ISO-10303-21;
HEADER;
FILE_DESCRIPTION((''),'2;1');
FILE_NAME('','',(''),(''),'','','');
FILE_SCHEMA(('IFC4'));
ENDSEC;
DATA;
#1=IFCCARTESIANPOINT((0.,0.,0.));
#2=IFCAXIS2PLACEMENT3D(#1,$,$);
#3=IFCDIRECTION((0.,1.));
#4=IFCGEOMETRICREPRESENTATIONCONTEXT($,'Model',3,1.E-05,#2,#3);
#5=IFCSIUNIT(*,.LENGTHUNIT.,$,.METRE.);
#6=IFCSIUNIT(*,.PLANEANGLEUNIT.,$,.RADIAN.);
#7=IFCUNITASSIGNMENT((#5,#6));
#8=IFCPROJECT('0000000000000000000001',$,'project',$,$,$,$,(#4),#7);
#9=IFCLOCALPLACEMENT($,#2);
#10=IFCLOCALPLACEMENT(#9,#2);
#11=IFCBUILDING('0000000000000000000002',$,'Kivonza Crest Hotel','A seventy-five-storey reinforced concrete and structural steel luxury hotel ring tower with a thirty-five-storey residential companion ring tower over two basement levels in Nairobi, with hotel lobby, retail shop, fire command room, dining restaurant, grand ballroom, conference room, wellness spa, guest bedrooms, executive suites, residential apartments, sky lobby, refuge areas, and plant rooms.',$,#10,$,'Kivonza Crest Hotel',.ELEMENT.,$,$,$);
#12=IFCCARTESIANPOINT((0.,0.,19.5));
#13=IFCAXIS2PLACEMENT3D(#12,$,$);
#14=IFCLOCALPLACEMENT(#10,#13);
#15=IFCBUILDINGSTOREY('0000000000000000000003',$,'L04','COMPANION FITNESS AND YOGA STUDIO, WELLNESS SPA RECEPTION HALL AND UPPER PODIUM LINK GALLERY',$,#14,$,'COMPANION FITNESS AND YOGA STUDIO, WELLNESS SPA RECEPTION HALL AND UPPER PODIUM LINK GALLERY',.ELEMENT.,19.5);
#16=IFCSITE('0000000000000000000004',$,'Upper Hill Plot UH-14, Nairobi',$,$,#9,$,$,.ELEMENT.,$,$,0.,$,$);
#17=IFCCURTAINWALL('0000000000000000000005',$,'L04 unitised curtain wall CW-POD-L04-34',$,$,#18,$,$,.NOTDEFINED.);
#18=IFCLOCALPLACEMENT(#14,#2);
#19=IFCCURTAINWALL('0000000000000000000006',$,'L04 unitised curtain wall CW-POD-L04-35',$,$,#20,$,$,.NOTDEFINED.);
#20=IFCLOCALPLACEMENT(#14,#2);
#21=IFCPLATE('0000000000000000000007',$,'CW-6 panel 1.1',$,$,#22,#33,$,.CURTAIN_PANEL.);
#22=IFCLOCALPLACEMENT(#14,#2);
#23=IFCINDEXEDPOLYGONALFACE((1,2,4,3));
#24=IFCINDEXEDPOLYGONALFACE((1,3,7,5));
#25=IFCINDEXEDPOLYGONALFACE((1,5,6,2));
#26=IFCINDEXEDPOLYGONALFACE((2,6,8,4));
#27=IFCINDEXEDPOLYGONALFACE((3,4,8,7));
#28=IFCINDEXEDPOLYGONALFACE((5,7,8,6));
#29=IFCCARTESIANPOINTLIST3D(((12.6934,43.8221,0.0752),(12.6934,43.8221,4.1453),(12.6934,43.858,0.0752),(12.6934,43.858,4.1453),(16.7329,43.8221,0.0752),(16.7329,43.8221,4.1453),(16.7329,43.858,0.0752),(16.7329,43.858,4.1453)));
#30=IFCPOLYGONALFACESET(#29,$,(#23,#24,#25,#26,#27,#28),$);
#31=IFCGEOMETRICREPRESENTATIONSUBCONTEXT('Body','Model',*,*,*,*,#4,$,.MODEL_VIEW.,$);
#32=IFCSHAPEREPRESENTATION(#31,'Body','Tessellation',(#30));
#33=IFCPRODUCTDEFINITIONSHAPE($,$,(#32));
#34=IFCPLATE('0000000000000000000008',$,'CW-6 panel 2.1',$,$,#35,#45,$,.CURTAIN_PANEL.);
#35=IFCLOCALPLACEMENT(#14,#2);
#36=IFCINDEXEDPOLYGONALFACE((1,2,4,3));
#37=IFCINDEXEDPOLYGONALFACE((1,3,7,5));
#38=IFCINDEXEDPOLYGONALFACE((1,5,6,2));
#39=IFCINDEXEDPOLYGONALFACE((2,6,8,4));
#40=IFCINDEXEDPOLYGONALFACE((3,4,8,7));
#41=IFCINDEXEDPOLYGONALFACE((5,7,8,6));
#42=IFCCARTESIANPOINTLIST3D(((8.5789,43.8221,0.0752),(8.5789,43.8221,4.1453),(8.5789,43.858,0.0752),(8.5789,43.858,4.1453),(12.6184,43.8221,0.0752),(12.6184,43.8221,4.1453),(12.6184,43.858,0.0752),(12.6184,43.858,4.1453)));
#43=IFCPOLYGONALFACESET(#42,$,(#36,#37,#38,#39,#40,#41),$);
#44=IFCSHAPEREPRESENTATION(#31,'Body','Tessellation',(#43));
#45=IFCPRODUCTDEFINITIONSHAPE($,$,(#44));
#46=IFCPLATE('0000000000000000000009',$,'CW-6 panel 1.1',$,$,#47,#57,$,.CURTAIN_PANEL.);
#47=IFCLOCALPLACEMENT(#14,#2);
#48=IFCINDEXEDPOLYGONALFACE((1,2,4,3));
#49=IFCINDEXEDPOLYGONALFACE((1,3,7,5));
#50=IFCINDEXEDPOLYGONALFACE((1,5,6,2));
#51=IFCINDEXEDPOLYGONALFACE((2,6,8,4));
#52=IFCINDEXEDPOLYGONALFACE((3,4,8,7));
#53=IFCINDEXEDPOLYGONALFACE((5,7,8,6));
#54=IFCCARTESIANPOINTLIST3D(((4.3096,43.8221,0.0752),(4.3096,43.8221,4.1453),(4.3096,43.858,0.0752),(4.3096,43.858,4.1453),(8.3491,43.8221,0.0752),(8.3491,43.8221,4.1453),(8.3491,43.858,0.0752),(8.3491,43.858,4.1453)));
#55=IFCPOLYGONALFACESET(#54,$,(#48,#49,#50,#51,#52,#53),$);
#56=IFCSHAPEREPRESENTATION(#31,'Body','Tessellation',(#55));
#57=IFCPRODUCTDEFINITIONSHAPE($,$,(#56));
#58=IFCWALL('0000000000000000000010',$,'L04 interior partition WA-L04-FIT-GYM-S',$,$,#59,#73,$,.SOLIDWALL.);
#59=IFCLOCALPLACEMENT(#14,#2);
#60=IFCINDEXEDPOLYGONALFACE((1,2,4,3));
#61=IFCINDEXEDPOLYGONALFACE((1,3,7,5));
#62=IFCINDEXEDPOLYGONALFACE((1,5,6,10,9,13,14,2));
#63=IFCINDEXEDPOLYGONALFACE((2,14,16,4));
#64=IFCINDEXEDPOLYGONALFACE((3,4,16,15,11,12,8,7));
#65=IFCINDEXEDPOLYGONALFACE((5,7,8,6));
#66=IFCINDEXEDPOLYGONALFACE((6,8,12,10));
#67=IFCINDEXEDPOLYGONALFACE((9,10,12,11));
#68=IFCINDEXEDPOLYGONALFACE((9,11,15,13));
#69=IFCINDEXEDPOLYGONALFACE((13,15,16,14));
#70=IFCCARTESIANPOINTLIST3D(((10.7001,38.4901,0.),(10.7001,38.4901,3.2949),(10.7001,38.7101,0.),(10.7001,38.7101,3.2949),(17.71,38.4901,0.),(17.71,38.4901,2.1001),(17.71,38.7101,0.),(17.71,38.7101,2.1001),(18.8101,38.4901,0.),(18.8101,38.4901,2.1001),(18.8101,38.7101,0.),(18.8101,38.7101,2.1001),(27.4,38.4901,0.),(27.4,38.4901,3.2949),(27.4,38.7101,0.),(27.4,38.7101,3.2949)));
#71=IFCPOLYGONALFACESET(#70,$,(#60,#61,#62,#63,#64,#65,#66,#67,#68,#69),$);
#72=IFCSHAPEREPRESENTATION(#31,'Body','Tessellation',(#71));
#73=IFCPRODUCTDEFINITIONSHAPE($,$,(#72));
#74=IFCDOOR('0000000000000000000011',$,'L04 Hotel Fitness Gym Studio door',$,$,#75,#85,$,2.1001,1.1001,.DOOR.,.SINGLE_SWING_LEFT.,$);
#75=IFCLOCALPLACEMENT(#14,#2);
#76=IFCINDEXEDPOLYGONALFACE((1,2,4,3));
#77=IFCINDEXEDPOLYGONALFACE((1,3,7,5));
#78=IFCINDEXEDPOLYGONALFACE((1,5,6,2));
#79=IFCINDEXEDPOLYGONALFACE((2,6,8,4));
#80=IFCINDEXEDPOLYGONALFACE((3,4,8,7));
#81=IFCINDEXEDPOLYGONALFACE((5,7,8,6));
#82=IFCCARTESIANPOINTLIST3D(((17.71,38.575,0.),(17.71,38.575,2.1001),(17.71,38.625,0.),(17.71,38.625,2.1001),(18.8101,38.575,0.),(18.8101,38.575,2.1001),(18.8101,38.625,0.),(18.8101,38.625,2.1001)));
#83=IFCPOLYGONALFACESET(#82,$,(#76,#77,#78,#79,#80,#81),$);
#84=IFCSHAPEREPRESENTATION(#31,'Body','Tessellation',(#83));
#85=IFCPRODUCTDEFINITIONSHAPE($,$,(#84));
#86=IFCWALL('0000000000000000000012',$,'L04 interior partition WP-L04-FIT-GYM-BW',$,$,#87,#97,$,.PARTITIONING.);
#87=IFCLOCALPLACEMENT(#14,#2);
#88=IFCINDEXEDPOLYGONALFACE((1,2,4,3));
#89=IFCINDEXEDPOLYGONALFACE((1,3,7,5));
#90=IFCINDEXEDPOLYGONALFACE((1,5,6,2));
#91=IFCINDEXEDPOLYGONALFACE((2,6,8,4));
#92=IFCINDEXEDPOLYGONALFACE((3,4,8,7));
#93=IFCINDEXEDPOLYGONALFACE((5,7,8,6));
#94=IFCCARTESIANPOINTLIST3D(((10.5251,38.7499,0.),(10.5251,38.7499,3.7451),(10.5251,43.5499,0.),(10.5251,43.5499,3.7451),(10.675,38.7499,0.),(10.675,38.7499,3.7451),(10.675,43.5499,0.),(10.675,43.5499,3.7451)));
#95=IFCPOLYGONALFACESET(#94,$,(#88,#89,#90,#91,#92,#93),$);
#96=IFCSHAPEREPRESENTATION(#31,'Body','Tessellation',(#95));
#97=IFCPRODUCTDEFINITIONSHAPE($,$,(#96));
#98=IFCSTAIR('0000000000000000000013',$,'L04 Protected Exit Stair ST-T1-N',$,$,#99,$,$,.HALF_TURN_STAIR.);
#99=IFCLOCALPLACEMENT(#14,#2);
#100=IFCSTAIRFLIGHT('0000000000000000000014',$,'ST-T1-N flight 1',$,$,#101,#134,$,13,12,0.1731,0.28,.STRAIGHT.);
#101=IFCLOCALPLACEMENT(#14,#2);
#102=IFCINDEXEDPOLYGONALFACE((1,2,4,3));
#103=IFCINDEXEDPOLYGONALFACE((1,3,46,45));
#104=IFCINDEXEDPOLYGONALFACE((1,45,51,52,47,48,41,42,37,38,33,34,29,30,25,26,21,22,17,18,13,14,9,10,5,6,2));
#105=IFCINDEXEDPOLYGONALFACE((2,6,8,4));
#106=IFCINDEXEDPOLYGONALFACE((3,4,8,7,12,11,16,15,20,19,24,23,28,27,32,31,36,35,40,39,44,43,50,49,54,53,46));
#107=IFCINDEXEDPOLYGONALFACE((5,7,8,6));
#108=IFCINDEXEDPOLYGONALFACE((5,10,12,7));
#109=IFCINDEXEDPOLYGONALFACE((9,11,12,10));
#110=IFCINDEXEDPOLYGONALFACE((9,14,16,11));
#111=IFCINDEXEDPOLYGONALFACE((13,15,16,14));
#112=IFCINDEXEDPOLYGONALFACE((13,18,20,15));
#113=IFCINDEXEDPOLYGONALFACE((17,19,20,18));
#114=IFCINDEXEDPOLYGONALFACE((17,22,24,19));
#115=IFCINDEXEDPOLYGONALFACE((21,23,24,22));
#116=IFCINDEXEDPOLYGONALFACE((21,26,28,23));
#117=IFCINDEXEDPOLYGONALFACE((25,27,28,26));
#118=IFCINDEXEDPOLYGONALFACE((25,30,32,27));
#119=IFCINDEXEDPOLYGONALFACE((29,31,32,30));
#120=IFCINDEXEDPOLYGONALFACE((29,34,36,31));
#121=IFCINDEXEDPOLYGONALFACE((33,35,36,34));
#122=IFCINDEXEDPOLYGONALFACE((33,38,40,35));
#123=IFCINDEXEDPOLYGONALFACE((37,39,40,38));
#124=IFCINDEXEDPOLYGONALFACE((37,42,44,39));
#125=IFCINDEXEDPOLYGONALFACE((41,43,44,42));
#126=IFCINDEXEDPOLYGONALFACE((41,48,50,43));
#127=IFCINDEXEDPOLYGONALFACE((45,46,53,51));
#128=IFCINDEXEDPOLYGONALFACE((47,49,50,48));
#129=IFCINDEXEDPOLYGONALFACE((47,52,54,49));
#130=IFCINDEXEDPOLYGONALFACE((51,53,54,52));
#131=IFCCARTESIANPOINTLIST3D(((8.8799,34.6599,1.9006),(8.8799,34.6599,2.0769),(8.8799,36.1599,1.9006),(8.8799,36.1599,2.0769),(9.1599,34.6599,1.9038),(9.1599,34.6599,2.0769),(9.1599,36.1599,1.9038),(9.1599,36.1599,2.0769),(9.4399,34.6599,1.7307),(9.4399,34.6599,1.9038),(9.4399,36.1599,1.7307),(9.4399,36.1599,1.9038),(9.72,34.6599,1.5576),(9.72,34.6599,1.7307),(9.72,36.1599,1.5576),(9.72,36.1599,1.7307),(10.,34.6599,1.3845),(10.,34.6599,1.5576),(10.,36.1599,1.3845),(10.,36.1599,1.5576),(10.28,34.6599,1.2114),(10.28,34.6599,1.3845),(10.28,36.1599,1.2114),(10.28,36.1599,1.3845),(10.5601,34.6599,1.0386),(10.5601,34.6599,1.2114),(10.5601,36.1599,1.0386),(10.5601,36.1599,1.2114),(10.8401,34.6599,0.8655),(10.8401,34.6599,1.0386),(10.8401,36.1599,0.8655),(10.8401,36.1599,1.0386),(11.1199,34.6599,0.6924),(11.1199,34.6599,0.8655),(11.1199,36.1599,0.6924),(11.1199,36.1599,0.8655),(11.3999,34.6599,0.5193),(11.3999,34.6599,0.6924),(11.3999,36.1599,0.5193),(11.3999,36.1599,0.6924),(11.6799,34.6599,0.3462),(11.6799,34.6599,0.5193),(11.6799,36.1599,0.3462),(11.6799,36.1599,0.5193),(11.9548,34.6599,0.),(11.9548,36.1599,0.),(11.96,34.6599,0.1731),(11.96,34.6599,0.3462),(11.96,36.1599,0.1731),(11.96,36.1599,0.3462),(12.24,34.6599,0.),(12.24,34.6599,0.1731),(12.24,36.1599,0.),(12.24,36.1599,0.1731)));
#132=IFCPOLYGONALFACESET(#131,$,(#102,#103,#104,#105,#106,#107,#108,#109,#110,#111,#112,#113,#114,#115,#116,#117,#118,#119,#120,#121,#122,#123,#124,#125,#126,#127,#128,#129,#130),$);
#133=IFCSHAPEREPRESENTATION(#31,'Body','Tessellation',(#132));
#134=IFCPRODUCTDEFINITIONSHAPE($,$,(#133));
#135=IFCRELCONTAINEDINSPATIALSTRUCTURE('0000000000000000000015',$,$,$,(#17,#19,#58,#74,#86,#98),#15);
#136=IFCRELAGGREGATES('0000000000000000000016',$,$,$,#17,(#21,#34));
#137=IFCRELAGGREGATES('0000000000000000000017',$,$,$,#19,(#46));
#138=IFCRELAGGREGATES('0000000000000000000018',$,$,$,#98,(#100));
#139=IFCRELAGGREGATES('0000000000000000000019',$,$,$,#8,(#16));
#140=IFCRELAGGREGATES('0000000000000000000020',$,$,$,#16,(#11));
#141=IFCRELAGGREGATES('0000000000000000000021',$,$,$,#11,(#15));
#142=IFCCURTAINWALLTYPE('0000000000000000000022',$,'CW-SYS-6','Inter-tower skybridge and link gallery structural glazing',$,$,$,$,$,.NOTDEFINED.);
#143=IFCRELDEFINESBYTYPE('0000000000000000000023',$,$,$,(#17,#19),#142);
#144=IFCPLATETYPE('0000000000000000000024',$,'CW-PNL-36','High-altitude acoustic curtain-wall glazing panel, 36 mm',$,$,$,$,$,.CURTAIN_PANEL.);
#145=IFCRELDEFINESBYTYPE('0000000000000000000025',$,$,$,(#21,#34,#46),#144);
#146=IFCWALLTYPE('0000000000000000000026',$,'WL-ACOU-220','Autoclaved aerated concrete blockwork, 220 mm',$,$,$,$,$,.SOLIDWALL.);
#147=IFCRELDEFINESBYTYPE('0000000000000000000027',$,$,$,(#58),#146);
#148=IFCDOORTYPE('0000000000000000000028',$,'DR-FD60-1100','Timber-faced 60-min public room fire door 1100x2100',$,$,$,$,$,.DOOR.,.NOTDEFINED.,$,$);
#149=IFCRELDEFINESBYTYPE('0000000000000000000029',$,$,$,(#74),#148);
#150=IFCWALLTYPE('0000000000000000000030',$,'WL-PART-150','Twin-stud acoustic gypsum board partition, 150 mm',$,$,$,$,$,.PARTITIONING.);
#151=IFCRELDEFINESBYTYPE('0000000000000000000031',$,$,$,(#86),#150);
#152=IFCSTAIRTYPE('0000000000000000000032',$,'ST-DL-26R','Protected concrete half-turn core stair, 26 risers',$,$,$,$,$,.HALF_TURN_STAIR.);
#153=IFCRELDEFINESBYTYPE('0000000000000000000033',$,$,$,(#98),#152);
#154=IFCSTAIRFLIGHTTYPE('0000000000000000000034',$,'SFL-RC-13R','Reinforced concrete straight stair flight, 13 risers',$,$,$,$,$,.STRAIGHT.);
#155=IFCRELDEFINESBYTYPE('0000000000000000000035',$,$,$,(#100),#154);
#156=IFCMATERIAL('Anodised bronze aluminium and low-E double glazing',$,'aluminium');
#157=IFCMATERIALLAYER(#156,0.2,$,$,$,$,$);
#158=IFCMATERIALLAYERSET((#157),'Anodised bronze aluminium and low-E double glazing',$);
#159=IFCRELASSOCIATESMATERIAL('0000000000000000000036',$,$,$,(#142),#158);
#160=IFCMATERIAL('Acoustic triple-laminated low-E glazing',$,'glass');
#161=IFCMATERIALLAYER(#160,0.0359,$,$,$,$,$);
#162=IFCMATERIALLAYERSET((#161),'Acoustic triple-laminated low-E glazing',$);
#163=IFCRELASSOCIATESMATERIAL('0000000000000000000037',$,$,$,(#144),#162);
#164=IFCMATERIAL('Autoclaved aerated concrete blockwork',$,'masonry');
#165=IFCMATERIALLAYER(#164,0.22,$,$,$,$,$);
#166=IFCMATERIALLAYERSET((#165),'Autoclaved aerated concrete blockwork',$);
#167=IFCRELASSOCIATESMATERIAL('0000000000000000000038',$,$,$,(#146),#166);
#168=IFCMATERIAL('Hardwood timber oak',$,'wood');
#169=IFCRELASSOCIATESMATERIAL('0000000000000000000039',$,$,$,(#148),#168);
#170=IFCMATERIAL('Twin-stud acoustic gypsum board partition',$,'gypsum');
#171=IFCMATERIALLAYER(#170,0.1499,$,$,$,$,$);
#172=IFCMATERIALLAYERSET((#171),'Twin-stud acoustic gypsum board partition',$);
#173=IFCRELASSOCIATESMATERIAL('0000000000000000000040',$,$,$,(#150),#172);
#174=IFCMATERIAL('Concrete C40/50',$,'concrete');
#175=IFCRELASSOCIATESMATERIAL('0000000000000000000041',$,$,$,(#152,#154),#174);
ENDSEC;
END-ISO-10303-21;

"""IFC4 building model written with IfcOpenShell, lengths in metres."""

from ifc_helpers import new_model, si_unit, direction, frame, frame_2d, origin, origin_2d, place, context, subcontext, project, spatial, polyline, rectangle, outline, extrude, material, layer, layer_set, type_object, element, fill, aggregate, save


model = new_model("IFC4")

# Units and contexts
model_context = context("Model", 3, precision=1e-05, world=origin(), true_north=direction((0.0, 1.0)))
body_context = subcontext(model_context, "Body", "Model", "MODEL_VIEW")
ifc_project = project(units=[si_unit("LENGTHUNIT", "METRE"), si_unit("PLANEANGLEUNIT", "RADIAN")], contexts=[model_context])

# Site, building, storey
site_placement = place(None, origin())
site = spatial("IfcSite", under=ifc_project, at=site_placement, Name="Upper Hill Plot UH-14, Nairobi", CompositionType="ELEMENT", RefElevation=0.0)
building_placement = place(site_placement, origin())
building = spatial("IfcBuilding", under=site, at=building_placement, Name="Kivonza Crest Hotel", Description="A seventy-five-storey reinforced concrete and structural steel luxury hotel ring tower with a thirty-five-storey residential companion ring tower over two basement levels in Nairobi, with hotel lobby, retail shop, fire command room, dining restaurant, grand ballroom, conference room, wellness spa, guest bedrooms, executive suites, residential apartments, sky lobby, refuge areas, and plant rooms.", LongName="Kivonza Crest Hotel", CompositionType="ELEMENT")
storey_placement = place(building_placement, frame((0.0, 0.0, 19.5)))
storey = spatial("IfcBuildingStorey", under=building, at=storey_placement, Name="L04", Description="COMPANION FITNESS AND YOGA STUDIO, WELLNESS SPA RECEPTION HALL AND UPPER PODIUM LINK GALLERY", LongName="COMPANION FITNESS AND YOGA STUDIO, WELLNESS SPA RECEPTION HALL AND UPPER PODIUM LINK GALLERY", CompositionType="ELEMENT", Elevation=19.5)

# Curtain wall
ifc_material_1 = material(Name="Anodised bronze aluminium and low-E double glazing", Category="aluminium")
ifc_layer_1 = layer(ifc_material_1, 0.2)
ifc_layer_set_1 = layer_set([ifc_layer_1], Name="Anodised bronze aluminium and low-E double glazing")
curtain_wall_type = type_object("IfcCurtainWallType", Name="CW-SYS-6", Description="Inter-tower skybridge and link gallery structural glazing", PredefinedType="NOTDEFINED", material=ifc_layer_set_1)
curtain_wall_1_placement = place(storey_placement, origin())
curtain_wall_1 = element("IfcCurtainWall", 1, at=curtain_wall_1_placement, inside=storey, type_object=curtain_wall_type, Name="L04 unitised curtain wall CW-POD-L04-34", PredefinedType="NOTDEFINED")

# Curtain wall
curtain_wall_2_placement = place(storey_placement, origin())
curtain_wall_2 = element("IfcCurtainWall", 2, at=curtain_wall_2_placement, inside=storey, type_object=curtain_wall_type, Name="L04 unitised curtain wall CW-POD-L04-35", PredefinedType="NOTDEFINED")

# Plates
ifc_material_2 = material(Name="Acoustic triple-laminated low-E glazing", Category="glass")
ifc_layer_2 = layer(ifc_material_2, 0.0359)
ifc_layer_set_2 = layer_set([ifc_layer_2], Name="Acoustic triple-laminated low-E glazing")
plate_type = type_object("IfcPlateType", Name="CW-PNL-36", Description="High-altitude acoustic curtain-wall glazing panel, 36 mm", PredefinedType="CURTAIN_PANEL", material=ifc_layer_set_2)
plate_1_placement = place(storey_placement, frame((14.7131, 43.8401, 0.0752), z_axis=(0.0, 0.0, 1.0), x_axis=(-1.0, 0.0, 0.0)))
plate_1 = element("IfcPlate", 3, at=plate_1_placement, type_object=plate_type, Name="CW-6 panel 1.1", PredefinedType="CURTAIN_PANEL", context=body_context, shape_type="SweptSolid", body=[
    extrude(rectangle(XDim=4.0396, YDim=0.0359, at=origin_2d()), origin(), (0.0, 0.0, 1.0), 4.0701),
])
plate_2_placement = place(storey_placement, frame((10.5986, 43.8401, 0.0752), z_axis=(0.0, 0.0, 1.0), x_axis=(-1.0, 0.0, 0.0)))
plate_2 = element("IfcPlate", 4, at=plate_2_placement, type_object=plate_type, Name="CW-6 panel 2.1", PredefinedType="CURTAIN_PANEL", context=body_context, shape_type="SweptSolid", body=[
    extrude(rectangle(XDim=4.0396, YDim=0.0359, at=origin_2d()), origin(), (0.0, 0.0, 1.0), 4.0701),
])
aggregate(curtain_wall_1, [plate_1, plate_2])
plate_3_placement = place(storey_placement, frame((6.3293, 43.8401, 0.0752), z_axis=(0.0, 0.0, 1.0), x_axis=(-1.0, 0.0, 0.0)))
plate_3 = element("IfcPlate", 5, at=plate_3_placement, type_object=plate_type, Name="CW-6 panel 1.1", PredefinedType="CURTAIN_PANEL", context=body_context, shape_type="SweptSolid", body=[
    extrude(rectangle(XDim=4.0396, YDim=0.0359, at=origin_2d()), origin(), (0.0, 0.0, 1.0), 4.0701),
])
aggregate(curtain_wall_2, [plate_3])

# Wall, opening, door
ifc_material_3 = material(Name="Autoclaved aerated concrete blockwork", Category="masonry")
ifc_layer_3 = layer(ifc_material_3, 0.22)
ifc_layer_set_3 = layer_set([ifc_layer_3], Name="Autoclaved aerated concrete blockwork")
wall_type_1 = type_object("IfcWallType", Name="WL-ACOU-220", Description="Autoclaved aerated concrete blockwork, 220 mm", PredefinedType="SOLIDWALL", material=ifc_layer_set_3)
wall_1_placement = place(storey_placement, frame((10.7, 38.6001, 0.0), z_axis=(0.0, 0.0, 1.0), x_axis=(1.0, 0.0, 0.0)))
wall_1 = element("IfcWall", 6, at=wall_1_placement, inside=storey, type_object=wall_type_1, Name="L04 interior partition WA-L04-FIT-GYM-S", PredefinedType="SOLIDWALL", context=body_context, shape_type="SweptSolid", body=[
    extrude(rectangle(XDim=16.7, YDim=0.22, at=frame_2d((8.3501, 0.0))), origin(), (0.0, 0.0, 1.0), 3.2949),
])
opening_placement = place(wall_1_placement, frame((7.01, 0.0, 0.0)))
opening = element("IfcOpeningElement", 7, at=opening_placement, cuts=wall_1, PredefinedType="OPENING", context=body_context, shape_type="SweptSolid", body=[
    extrude(rectangle(XDim=1.1001, YDim=2.1001, at=frame_2d((0.55, 1.05))), frame((0.0, 0.1201, 0.0), z_axis=(0.0, -1.0, 0.0), x_axis=(1.0, 0.0, 0.0)), (0.0, 0.0, 1.0), 0.24),
])
ifc_material_4 = material(Name="Hardwood timber oak", Category="wood")
door_type = type_object("IfcDoorType", Name="DR-FD60-1100", Description="Timber-faced 60-min public room fire door 1100x2100", OperationType="NOTDEFINED", PredefinedType="DOOR", material=ifc_material_4)
door_placement = place(opening_placement, origin())
door = element("IfcDoor", 8, at=door_placement, inside=storey, type_object=door_type, Name="L04 Hotel Fitness Gym Studio door", OperationType="SINGLE_SWING_LEFT", OverallHeight=2.1001, OverallWidth=1.1001, PredefinedType="DOOR", context=body_context, shape_type="SweptSolid", body=[
    extrude(rectangle(XDim=1.1001, YDim=2.1001, at=frame_2d((0.55, 1.05))), frame((0.0, 0.0249, 0.0), z_axis=(0.0, -1.0, 0.0), x_axis=(1.0, 0.0, 0.0)), (0.0, 0.0, 1.0), 0.05),
])
fill(opening, door)

# Wall
ifc_material_5 = material(Name="Twin-stud acoustic gypsum board partition", Category="gypsum")
ifc_layer_4 = layer(ifc_material_5, 0.1499)
ifc_layer_set_4 = layer_set([ifc_layer_4], Name="Twin-stud acoustic gypsum board partition")
wall_type_2 = type_object("IfcWallType", Name="WL-PART-150", Description="Twin-stud acoustic gypsum board partition, 150 mm", PredefinedType="PARTITIONING", material=ifc_layer_set_4)
wall_2_placement = place(storey_placement, frame((10.6001, 38.75, 0.0), z_axis=(0.0, 0.0, 1.0), x_axis=(0.0, 1.0, 0.0)))
element("IfcWall", 9, at=wall_2_placement, inside=storey, type_object=wall_type_2, Name="L04 interior partition WP-L04-FIT-GYM-BW", PredefinedType="PARTITIONING", context=body_context, shape_type="SweptSolid", body=[
    extrude(rectangle(XDim=4.8, YDim=0.1499, at=frame_2d((2.3999, 0.0))), origin(), (0.0, 0.0, 1.0), 3.7451),
])

# Stair, stair flight
ifc_material_6 = material(Name="Concrete C40/50", Category="concrete")
stair_type = type_object("IfcStairType", Name="ST-DL-26R", Description="Protected concrete half-turn core stair, 26 risers", PredefinedType="HALF_TURN_STAIR", material=ifc_material_6)
stair_placement = place(storey_placement, origin())
stair = element("IfcStair", 10, at=stair_placement, inside=storey, type_object=stair_type, Name="L04 Protected Exit Stair ST-T1-N", PredefinedType="HALF_TURN_STAIR")
stair_flight_type = type_object("IfcStairFlightType", Name="SFL-RC-13R", Description="Reinforced concrete straight stair flight, 13 risers", PredefinedType="STRAIGHT", material=ifc_material_6)
stair_flight_placement = place(storey_placement, frame((12.24, 35.4099, 0.0), z_axis=(0.0, 0.0, 1.0), x_axis=(-1.0, 0.0, 0.0)))
stair_flight = element("IfcStairFlight", 11, at=stair_flight_placement, type_object=stair_flight_type, Name="ST-T1-N flight 1", NumberOfRisers=13, NumberOfTreads=12, PredefinedType="STRAIGHT", RiserHeight=0.1731, TreadLength=0.28, context=body_context, shape_type="SweptSolid", body=[
    extrude(outline(polyline([(0.0, 0.0), (0.0, 0.1731), (0.28, 0.1731), (0.28, 0.3462), (0.5601, 0.3462), (0.5601, 0.5193), (0.8401, 0.5193), (0.8401, 0.6924), (1.1201, 0.6924), (1.1201, 0.8655), (1.3999, 0.8655), (1.3999, 1.0386), (1.6799, 1.0386), (1.6799, 1.2114), (1.96, 1.2114), (1.96, 1.3845), (2.24, 1.3845), (2.24, 1.5576), (2.52, 1.5576), (2.52, 1.7307), (2.8, 1.7307), (2.8, 1.9038), (3.0801, 1.9038), (3.0801, 2.0769), (3.3601, 2.0769), (3.3601, 2.25), (3.3601, 1.9006), (0.2852, 0.0), (0.0, 0.0)])), frame((0.0, 0.75, 0.0), z_axis=(0.0, -1.0, 0.0), x_axis=(1.0, 0.0, 0.0)), (0.0, 0.0, 1.0), 1.5),
])
aggregate(stair, [stair_flight])

save(model, "model.ifc")
